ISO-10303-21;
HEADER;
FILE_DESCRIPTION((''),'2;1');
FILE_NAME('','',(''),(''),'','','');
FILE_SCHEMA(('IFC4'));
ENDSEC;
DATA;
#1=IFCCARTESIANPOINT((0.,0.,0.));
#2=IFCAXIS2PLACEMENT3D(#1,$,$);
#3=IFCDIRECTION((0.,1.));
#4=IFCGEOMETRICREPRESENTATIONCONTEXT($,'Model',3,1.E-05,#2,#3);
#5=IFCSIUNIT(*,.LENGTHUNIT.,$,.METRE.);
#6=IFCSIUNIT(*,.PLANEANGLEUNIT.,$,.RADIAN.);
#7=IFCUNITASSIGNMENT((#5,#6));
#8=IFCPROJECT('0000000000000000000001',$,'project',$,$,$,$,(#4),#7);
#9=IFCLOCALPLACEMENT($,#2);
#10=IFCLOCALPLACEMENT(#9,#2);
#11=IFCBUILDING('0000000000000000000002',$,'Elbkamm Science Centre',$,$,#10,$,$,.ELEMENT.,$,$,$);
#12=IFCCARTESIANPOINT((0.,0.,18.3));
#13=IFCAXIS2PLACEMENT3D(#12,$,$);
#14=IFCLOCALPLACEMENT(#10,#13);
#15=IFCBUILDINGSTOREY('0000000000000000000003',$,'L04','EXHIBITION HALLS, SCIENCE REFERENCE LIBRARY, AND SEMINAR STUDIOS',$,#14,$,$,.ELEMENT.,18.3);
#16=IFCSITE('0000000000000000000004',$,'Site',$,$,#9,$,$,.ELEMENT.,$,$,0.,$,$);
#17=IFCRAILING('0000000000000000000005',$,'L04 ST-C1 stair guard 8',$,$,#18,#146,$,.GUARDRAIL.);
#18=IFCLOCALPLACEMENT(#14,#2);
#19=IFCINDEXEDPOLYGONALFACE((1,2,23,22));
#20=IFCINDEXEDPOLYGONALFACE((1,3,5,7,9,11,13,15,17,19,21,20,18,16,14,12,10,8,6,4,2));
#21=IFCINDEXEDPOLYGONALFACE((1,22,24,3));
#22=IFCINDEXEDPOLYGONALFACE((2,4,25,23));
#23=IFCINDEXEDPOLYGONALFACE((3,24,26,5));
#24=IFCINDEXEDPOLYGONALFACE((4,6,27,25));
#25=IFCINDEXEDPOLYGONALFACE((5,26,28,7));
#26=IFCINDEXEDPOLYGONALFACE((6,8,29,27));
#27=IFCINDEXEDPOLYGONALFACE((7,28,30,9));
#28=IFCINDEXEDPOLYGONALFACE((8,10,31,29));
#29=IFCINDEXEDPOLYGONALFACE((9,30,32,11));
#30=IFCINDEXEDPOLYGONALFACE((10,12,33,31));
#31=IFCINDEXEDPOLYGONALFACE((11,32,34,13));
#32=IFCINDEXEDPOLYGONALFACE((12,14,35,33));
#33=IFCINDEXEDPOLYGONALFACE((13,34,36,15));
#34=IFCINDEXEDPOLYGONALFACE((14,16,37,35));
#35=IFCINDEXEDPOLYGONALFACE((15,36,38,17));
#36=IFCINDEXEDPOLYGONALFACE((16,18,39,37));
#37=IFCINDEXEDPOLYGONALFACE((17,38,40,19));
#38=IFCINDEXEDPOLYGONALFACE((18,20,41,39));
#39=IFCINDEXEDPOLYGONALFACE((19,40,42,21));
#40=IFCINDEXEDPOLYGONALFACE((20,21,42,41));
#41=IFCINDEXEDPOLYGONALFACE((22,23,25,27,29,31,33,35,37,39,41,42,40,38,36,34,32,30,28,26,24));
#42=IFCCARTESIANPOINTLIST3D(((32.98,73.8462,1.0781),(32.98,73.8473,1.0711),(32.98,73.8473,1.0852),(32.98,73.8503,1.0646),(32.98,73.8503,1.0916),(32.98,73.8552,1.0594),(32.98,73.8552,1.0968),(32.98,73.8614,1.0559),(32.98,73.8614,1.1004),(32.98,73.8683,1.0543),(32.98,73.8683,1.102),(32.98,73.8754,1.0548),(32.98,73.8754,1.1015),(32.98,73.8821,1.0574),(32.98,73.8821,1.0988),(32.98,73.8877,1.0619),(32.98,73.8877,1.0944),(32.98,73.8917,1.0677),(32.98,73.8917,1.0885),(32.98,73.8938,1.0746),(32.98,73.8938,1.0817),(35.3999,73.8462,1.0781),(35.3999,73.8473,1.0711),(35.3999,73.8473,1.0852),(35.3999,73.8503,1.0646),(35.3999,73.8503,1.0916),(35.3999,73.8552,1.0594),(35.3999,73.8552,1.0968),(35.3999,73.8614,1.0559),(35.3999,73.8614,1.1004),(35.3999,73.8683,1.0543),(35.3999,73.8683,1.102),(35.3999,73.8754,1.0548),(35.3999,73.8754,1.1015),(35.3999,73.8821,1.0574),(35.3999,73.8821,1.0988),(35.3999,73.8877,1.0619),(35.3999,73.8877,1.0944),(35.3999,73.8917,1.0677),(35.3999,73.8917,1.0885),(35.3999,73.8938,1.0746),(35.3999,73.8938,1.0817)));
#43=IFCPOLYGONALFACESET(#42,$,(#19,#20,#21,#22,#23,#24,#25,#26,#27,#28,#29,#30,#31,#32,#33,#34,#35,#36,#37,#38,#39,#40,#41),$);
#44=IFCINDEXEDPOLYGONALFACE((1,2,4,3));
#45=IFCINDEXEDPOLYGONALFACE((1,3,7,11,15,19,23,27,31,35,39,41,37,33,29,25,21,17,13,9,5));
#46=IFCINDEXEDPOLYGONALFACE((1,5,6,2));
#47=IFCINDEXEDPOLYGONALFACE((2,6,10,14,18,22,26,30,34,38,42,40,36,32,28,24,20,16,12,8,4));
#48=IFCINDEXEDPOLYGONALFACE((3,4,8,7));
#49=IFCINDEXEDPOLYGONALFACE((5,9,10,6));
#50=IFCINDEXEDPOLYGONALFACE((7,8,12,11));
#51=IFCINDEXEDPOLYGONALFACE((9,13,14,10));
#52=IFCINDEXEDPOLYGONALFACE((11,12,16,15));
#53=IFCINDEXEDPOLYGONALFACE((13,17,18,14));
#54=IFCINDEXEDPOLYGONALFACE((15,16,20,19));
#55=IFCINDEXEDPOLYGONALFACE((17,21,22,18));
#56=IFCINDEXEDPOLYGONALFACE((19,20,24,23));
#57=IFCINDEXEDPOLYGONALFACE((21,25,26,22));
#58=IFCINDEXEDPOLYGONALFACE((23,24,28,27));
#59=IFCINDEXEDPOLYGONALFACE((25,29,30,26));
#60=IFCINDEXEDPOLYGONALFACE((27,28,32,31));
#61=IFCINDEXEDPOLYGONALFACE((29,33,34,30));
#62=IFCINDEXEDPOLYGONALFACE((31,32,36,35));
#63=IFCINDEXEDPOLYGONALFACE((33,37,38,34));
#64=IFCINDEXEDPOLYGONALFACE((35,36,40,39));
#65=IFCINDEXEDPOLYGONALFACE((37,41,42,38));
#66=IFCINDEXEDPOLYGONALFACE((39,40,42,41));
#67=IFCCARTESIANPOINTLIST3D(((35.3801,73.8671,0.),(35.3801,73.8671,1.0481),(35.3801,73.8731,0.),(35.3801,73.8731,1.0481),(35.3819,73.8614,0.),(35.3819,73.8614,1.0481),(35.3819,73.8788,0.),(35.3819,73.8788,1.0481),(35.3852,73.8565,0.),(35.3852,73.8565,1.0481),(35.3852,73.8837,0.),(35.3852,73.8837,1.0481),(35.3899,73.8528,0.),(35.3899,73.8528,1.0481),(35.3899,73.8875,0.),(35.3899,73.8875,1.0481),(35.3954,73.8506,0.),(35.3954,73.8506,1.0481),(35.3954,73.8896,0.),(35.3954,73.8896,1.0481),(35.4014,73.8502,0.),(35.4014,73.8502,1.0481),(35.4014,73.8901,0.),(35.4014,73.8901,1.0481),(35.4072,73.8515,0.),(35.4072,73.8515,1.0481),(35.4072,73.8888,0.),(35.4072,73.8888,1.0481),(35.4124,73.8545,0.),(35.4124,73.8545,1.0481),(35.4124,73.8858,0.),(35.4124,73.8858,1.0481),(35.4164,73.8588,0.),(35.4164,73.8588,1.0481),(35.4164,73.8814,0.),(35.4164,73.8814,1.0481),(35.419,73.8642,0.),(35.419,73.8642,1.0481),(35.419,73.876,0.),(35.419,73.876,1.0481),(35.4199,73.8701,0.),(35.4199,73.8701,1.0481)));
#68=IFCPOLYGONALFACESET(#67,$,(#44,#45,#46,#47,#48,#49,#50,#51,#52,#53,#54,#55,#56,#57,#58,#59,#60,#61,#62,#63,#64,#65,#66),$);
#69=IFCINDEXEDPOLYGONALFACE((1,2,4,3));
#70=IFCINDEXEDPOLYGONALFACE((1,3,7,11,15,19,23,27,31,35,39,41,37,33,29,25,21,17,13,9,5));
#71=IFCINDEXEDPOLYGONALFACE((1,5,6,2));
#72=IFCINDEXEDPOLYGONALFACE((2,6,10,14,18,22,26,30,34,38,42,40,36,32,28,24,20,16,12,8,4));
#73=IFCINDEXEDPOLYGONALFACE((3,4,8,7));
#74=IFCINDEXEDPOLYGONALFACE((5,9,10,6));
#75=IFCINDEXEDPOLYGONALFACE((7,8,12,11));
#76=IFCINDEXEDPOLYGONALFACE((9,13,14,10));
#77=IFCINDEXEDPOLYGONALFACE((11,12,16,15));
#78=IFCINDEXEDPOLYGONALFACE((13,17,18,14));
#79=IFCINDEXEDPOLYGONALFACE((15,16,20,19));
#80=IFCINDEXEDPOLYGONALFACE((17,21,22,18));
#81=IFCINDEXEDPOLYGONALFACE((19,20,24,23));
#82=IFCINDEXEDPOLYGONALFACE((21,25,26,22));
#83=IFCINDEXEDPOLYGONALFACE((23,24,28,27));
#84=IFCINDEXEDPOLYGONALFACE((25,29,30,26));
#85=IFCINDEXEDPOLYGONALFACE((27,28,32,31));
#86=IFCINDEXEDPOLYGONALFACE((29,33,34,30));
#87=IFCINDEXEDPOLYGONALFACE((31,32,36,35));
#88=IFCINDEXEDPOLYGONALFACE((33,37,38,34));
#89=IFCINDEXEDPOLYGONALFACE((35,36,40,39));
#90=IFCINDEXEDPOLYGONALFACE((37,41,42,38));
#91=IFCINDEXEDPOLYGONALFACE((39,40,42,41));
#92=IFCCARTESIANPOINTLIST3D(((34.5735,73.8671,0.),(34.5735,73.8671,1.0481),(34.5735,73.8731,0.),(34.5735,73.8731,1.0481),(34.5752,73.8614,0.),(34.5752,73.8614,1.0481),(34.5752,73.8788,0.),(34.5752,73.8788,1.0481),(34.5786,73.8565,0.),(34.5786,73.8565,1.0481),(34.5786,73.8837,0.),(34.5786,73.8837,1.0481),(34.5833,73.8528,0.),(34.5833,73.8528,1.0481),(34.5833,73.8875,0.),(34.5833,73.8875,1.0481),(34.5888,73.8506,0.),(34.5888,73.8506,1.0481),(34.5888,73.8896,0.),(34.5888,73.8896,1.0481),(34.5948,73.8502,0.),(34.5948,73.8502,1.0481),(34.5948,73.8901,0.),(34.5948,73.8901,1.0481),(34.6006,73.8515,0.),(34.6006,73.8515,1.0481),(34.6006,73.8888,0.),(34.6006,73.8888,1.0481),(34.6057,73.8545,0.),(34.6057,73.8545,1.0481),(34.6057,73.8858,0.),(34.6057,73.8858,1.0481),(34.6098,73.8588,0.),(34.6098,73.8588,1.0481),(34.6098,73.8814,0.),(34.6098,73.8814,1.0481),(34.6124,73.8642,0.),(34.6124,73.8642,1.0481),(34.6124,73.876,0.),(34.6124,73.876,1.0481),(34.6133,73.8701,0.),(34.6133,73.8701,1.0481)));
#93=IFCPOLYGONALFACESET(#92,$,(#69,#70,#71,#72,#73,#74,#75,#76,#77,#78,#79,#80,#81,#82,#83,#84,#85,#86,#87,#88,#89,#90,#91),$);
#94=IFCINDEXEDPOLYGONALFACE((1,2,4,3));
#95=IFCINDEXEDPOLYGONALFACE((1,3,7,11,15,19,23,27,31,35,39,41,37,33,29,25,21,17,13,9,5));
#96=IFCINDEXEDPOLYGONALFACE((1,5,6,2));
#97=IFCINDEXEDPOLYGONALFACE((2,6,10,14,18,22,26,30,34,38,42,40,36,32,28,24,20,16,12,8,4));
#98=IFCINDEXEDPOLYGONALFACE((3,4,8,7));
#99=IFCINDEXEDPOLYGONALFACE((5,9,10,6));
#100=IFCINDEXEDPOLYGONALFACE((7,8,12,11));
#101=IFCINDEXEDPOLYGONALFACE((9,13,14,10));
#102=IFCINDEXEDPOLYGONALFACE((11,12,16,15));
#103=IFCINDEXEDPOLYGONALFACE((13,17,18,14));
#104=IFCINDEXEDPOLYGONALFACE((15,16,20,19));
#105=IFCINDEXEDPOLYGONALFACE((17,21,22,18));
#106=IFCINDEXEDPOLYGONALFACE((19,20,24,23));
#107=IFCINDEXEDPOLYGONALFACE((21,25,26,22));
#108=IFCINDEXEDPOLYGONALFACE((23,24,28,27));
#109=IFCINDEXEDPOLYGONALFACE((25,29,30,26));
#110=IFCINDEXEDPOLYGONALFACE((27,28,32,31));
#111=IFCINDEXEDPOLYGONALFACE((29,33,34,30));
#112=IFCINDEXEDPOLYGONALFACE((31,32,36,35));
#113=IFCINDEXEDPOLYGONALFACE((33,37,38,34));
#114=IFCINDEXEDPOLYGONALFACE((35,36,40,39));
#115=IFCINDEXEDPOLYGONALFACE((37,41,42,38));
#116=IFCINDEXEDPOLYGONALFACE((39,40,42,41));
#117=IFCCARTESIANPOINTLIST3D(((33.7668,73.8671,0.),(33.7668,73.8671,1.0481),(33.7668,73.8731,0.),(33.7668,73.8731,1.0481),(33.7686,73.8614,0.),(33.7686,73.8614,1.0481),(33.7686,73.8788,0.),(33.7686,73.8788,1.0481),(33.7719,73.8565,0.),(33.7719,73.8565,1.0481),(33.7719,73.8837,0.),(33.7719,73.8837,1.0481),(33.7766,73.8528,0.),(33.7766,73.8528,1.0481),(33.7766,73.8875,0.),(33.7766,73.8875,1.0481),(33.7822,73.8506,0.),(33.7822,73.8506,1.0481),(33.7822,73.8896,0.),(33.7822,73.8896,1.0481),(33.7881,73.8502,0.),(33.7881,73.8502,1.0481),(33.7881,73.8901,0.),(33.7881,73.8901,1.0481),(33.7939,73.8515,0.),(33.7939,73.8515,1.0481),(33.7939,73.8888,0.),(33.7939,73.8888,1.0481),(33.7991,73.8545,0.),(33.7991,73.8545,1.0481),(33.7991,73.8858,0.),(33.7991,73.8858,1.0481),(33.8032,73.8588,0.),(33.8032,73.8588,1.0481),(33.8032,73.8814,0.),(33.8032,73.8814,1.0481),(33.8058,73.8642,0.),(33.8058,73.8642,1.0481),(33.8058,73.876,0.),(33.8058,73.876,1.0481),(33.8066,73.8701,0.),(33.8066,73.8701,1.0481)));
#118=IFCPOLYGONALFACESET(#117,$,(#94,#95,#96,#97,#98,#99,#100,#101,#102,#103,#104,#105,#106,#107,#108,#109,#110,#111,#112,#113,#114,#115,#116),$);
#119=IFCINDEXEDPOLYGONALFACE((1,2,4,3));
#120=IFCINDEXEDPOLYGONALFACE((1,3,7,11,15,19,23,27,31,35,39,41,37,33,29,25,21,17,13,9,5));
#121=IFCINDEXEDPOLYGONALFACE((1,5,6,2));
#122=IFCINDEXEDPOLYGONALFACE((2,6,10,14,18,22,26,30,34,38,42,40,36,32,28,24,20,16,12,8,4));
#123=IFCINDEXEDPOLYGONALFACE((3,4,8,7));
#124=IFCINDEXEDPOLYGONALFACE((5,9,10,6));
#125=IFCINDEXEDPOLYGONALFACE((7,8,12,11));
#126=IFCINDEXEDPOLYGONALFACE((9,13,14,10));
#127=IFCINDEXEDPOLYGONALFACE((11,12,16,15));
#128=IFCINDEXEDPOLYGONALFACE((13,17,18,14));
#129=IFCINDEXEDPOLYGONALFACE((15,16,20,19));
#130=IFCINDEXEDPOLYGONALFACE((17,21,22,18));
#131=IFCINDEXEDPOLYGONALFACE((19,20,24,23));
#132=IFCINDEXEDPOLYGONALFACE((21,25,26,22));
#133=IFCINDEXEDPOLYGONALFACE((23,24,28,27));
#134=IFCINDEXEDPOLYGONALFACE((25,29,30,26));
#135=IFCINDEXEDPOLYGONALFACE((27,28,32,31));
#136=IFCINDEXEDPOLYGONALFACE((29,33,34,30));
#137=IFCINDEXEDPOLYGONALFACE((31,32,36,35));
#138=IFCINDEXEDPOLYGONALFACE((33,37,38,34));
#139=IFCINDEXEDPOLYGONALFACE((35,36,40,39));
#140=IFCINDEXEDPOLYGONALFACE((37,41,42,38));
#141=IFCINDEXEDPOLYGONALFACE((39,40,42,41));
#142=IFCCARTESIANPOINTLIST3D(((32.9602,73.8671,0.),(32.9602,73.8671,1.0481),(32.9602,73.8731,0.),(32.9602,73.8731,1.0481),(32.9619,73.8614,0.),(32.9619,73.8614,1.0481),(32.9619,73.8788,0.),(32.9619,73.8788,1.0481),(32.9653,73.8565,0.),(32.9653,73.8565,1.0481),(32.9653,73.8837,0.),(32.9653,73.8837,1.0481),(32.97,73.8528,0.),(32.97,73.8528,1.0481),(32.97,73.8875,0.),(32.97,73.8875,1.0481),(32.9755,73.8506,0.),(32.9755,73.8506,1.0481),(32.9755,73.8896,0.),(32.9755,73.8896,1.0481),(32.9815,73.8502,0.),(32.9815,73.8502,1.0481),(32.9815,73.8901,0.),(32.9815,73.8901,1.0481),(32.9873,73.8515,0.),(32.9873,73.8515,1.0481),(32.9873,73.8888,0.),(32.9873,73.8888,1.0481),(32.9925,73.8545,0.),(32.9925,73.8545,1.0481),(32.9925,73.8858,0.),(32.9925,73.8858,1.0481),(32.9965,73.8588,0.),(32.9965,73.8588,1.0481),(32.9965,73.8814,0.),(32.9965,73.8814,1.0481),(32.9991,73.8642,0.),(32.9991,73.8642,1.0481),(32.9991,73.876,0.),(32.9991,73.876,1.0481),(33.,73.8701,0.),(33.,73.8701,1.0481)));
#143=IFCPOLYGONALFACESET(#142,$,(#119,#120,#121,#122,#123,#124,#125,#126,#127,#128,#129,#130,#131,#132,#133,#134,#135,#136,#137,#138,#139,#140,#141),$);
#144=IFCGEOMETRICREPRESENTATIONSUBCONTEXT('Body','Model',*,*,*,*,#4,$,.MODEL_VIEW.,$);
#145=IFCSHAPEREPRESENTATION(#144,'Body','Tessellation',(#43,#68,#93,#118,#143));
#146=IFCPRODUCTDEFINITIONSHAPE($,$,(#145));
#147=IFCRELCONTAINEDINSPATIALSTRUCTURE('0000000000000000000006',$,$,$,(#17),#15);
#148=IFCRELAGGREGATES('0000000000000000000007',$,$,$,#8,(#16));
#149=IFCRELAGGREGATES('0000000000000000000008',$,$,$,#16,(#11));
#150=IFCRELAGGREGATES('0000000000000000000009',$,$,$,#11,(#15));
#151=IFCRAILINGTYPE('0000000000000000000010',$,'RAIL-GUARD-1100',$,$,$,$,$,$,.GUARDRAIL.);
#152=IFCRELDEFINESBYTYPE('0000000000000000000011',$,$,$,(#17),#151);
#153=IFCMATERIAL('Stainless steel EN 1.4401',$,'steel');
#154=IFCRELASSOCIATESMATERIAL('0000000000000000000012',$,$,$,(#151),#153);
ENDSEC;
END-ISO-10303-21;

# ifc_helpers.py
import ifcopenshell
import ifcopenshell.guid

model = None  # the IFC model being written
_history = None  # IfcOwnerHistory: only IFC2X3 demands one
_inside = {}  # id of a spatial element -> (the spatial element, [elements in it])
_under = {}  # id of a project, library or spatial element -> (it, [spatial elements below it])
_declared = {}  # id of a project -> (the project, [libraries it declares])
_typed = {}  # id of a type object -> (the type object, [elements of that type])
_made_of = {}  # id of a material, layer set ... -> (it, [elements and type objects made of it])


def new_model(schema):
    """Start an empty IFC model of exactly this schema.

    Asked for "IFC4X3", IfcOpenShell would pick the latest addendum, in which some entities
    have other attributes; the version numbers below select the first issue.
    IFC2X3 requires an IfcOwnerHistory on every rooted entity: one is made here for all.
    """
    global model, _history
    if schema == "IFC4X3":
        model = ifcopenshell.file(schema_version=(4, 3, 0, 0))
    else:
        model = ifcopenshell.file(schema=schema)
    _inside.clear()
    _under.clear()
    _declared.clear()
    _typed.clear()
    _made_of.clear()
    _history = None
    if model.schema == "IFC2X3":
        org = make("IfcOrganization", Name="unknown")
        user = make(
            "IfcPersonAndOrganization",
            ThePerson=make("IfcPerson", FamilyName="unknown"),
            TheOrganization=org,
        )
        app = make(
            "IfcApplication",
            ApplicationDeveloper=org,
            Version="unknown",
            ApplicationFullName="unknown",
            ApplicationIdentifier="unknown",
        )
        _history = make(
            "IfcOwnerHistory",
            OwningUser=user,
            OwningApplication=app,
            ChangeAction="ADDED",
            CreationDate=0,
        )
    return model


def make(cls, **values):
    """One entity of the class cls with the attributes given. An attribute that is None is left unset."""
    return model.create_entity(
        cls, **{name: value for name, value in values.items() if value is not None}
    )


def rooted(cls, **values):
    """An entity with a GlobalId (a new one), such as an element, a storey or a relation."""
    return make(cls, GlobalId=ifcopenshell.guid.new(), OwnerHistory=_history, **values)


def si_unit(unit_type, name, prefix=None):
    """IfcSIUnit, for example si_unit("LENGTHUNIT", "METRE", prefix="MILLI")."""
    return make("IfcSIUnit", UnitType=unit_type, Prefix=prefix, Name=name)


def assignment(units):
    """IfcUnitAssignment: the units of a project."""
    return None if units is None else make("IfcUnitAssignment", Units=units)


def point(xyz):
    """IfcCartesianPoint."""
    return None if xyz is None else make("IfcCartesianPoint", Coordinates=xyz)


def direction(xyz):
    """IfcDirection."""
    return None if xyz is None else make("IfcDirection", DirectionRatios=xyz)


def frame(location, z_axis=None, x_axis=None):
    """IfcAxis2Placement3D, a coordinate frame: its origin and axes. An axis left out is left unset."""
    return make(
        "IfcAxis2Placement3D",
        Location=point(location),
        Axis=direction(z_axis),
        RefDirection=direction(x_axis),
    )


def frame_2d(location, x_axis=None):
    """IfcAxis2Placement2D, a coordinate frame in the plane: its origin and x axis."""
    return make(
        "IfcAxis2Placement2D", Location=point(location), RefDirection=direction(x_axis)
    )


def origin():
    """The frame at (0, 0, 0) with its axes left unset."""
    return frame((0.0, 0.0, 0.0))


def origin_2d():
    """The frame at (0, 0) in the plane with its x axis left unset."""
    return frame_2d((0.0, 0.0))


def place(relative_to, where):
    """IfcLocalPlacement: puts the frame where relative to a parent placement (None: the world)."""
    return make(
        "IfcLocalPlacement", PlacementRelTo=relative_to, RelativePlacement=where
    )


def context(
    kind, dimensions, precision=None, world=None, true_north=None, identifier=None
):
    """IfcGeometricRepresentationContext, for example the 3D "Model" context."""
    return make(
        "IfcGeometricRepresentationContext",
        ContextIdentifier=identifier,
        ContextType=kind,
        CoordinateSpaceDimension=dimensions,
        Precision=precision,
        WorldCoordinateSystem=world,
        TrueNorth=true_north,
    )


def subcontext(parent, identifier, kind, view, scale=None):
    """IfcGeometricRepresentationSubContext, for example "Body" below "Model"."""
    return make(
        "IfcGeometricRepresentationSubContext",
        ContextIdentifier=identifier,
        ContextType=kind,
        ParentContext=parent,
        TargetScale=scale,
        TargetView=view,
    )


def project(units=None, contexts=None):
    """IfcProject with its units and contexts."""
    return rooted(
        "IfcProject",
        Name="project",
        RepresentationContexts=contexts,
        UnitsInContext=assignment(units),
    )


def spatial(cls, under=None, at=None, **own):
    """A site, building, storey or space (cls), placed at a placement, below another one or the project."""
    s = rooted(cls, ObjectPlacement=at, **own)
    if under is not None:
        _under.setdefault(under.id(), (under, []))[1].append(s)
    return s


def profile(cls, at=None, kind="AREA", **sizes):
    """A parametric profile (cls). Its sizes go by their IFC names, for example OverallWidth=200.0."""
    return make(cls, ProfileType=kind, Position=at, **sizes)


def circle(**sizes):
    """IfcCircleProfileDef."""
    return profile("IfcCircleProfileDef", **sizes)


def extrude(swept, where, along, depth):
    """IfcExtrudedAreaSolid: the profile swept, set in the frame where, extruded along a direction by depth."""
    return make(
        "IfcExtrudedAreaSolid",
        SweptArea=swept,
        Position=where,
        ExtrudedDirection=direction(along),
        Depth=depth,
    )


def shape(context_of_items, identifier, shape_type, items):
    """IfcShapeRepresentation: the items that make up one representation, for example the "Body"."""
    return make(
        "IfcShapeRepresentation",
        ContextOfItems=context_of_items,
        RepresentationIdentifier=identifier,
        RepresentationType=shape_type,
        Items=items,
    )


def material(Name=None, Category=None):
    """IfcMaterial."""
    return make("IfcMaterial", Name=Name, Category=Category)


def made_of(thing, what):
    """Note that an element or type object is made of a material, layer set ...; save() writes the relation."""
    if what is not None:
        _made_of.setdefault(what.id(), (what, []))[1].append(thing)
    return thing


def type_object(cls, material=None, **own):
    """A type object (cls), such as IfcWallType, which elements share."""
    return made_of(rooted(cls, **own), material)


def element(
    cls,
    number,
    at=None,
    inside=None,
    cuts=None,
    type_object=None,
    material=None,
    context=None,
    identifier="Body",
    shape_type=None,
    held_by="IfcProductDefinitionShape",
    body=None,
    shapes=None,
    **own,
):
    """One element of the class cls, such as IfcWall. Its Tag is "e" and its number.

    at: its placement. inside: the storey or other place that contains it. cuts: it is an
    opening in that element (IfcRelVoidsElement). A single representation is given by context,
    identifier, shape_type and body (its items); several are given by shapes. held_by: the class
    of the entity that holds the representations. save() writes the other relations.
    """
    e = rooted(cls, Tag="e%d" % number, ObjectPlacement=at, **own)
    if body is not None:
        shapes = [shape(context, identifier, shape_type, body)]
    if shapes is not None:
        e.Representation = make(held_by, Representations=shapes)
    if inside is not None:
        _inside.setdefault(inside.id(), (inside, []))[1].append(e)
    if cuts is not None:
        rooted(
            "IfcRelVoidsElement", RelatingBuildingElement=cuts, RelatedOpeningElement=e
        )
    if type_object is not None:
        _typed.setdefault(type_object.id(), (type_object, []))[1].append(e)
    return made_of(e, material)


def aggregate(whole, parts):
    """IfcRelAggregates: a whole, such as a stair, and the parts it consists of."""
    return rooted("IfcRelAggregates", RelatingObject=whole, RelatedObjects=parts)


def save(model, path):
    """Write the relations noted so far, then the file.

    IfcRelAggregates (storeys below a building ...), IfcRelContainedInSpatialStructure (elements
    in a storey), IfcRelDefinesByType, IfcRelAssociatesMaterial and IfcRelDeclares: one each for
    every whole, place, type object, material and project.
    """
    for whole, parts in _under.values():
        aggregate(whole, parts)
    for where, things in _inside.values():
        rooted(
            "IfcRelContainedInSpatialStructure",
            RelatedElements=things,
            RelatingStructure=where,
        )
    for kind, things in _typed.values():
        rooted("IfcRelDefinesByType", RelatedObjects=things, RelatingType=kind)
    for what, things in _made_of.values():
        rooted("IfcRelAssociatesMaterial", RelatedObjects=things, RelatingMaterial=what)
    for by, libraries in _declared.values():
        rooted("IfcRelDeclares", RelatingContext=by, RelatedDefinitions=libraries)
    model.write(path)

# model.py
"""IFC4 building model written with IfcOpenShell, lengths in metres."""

from ifc_helpers import new_model, si_unit, direction, frame, origin, origin_2d, place, context, subcontext, project, spatial, circle, extrude, material, type_object, element, save


model = new_model("IFC4")

# Units and contexts
model_context = context("Model", 3, precision=1e-05, world=origin(), true_north=direction((0.0, 1.0)))
body_context = subcontext(model_context, "Body", "Model", "MODEL_VIEW")
ifc_project = project(units=[si_unit("LENGTHUNIT", "METRE"), si_unit("PLANEANGLEUNIT", "RADIAN")], contexts=[model_context])

# Site, building, storey
site_placement = place(None, origin())
site = spatial("IfcSite", under=ifc_project, at=site_placement, Name="Site", CompositionType="ELEMENT", RefElevation=0.0)
building_placement = place(site_placement, origin())
building = spatial("IfcBuilding", under=site, at=building_placement, Name="Elbkamm Science Centre", CompositionType="ELEMENT")
storey_placement = place(building_placement, frame((0.0, 0.0, 18.3)))
storey = spatial("IfcBuildingStorey", under=building, at=storey_placement, Name="L04", Description="EXHIBITION HALLS, SCIENCE REFERENCE LIBRARY, AND SEMINAR STUDIOS", CompositionType="ELEMENT", Elevation=18.3)

# Railing
ifc_material_1 = material(Name="Stainless steel EN 1.4401", Category="steel")
railing_type_1 = type_object("IfcRailingType", Name="RAIL-GUARD-1100", PredefinedType="GUARDRAIL", material=ifc_material_1)
railing_1_placement = place(storey_placement, frame((35.3999, 73.8701, 0.0)))
element("IfcRailing", 1, at=railing_1_placement, inside=storey, type_object=railing_type_1, Name="L04 ST-C1 stair guard 8", PredefinedType="GUARDRAIL", context=body_context, shape_type="SweptSolid", body=[
    extrude(circle(Radius=0.0239, at=origin_2d()), frame((0.0, 0.0, 1.0781), z_axis=(-1.0, 0.0, 0.0), x_axis=(0.0, -1.0, 0.0)), (0.0, 0.0, 1.0), 2.4199),
    extrude(circle(Radius=0.02, at=origin_2d()), origin(), (0.0, 0.0, 1.0), 1.0481),
    extrude(circle(Radius=0.02, at=origin_2d()), frame((-0.8066, 0.0, 0.0)), (0.0, 0.0, 1.0), 1.0481),
    extrude(circle(Radius=0.02, at=origin_2d()), frame((-1.6133, 0.0, 0.0)), (0.0, 0.0, 1.0), 1.0481),
    extrude(circle(Radius=0.02, at=origin_2d()), frame((-2.4199, 0.0, 0.0)), (0.0, 0.0, 1.0), 1.0481),
])

save(model, "model.ifc")
